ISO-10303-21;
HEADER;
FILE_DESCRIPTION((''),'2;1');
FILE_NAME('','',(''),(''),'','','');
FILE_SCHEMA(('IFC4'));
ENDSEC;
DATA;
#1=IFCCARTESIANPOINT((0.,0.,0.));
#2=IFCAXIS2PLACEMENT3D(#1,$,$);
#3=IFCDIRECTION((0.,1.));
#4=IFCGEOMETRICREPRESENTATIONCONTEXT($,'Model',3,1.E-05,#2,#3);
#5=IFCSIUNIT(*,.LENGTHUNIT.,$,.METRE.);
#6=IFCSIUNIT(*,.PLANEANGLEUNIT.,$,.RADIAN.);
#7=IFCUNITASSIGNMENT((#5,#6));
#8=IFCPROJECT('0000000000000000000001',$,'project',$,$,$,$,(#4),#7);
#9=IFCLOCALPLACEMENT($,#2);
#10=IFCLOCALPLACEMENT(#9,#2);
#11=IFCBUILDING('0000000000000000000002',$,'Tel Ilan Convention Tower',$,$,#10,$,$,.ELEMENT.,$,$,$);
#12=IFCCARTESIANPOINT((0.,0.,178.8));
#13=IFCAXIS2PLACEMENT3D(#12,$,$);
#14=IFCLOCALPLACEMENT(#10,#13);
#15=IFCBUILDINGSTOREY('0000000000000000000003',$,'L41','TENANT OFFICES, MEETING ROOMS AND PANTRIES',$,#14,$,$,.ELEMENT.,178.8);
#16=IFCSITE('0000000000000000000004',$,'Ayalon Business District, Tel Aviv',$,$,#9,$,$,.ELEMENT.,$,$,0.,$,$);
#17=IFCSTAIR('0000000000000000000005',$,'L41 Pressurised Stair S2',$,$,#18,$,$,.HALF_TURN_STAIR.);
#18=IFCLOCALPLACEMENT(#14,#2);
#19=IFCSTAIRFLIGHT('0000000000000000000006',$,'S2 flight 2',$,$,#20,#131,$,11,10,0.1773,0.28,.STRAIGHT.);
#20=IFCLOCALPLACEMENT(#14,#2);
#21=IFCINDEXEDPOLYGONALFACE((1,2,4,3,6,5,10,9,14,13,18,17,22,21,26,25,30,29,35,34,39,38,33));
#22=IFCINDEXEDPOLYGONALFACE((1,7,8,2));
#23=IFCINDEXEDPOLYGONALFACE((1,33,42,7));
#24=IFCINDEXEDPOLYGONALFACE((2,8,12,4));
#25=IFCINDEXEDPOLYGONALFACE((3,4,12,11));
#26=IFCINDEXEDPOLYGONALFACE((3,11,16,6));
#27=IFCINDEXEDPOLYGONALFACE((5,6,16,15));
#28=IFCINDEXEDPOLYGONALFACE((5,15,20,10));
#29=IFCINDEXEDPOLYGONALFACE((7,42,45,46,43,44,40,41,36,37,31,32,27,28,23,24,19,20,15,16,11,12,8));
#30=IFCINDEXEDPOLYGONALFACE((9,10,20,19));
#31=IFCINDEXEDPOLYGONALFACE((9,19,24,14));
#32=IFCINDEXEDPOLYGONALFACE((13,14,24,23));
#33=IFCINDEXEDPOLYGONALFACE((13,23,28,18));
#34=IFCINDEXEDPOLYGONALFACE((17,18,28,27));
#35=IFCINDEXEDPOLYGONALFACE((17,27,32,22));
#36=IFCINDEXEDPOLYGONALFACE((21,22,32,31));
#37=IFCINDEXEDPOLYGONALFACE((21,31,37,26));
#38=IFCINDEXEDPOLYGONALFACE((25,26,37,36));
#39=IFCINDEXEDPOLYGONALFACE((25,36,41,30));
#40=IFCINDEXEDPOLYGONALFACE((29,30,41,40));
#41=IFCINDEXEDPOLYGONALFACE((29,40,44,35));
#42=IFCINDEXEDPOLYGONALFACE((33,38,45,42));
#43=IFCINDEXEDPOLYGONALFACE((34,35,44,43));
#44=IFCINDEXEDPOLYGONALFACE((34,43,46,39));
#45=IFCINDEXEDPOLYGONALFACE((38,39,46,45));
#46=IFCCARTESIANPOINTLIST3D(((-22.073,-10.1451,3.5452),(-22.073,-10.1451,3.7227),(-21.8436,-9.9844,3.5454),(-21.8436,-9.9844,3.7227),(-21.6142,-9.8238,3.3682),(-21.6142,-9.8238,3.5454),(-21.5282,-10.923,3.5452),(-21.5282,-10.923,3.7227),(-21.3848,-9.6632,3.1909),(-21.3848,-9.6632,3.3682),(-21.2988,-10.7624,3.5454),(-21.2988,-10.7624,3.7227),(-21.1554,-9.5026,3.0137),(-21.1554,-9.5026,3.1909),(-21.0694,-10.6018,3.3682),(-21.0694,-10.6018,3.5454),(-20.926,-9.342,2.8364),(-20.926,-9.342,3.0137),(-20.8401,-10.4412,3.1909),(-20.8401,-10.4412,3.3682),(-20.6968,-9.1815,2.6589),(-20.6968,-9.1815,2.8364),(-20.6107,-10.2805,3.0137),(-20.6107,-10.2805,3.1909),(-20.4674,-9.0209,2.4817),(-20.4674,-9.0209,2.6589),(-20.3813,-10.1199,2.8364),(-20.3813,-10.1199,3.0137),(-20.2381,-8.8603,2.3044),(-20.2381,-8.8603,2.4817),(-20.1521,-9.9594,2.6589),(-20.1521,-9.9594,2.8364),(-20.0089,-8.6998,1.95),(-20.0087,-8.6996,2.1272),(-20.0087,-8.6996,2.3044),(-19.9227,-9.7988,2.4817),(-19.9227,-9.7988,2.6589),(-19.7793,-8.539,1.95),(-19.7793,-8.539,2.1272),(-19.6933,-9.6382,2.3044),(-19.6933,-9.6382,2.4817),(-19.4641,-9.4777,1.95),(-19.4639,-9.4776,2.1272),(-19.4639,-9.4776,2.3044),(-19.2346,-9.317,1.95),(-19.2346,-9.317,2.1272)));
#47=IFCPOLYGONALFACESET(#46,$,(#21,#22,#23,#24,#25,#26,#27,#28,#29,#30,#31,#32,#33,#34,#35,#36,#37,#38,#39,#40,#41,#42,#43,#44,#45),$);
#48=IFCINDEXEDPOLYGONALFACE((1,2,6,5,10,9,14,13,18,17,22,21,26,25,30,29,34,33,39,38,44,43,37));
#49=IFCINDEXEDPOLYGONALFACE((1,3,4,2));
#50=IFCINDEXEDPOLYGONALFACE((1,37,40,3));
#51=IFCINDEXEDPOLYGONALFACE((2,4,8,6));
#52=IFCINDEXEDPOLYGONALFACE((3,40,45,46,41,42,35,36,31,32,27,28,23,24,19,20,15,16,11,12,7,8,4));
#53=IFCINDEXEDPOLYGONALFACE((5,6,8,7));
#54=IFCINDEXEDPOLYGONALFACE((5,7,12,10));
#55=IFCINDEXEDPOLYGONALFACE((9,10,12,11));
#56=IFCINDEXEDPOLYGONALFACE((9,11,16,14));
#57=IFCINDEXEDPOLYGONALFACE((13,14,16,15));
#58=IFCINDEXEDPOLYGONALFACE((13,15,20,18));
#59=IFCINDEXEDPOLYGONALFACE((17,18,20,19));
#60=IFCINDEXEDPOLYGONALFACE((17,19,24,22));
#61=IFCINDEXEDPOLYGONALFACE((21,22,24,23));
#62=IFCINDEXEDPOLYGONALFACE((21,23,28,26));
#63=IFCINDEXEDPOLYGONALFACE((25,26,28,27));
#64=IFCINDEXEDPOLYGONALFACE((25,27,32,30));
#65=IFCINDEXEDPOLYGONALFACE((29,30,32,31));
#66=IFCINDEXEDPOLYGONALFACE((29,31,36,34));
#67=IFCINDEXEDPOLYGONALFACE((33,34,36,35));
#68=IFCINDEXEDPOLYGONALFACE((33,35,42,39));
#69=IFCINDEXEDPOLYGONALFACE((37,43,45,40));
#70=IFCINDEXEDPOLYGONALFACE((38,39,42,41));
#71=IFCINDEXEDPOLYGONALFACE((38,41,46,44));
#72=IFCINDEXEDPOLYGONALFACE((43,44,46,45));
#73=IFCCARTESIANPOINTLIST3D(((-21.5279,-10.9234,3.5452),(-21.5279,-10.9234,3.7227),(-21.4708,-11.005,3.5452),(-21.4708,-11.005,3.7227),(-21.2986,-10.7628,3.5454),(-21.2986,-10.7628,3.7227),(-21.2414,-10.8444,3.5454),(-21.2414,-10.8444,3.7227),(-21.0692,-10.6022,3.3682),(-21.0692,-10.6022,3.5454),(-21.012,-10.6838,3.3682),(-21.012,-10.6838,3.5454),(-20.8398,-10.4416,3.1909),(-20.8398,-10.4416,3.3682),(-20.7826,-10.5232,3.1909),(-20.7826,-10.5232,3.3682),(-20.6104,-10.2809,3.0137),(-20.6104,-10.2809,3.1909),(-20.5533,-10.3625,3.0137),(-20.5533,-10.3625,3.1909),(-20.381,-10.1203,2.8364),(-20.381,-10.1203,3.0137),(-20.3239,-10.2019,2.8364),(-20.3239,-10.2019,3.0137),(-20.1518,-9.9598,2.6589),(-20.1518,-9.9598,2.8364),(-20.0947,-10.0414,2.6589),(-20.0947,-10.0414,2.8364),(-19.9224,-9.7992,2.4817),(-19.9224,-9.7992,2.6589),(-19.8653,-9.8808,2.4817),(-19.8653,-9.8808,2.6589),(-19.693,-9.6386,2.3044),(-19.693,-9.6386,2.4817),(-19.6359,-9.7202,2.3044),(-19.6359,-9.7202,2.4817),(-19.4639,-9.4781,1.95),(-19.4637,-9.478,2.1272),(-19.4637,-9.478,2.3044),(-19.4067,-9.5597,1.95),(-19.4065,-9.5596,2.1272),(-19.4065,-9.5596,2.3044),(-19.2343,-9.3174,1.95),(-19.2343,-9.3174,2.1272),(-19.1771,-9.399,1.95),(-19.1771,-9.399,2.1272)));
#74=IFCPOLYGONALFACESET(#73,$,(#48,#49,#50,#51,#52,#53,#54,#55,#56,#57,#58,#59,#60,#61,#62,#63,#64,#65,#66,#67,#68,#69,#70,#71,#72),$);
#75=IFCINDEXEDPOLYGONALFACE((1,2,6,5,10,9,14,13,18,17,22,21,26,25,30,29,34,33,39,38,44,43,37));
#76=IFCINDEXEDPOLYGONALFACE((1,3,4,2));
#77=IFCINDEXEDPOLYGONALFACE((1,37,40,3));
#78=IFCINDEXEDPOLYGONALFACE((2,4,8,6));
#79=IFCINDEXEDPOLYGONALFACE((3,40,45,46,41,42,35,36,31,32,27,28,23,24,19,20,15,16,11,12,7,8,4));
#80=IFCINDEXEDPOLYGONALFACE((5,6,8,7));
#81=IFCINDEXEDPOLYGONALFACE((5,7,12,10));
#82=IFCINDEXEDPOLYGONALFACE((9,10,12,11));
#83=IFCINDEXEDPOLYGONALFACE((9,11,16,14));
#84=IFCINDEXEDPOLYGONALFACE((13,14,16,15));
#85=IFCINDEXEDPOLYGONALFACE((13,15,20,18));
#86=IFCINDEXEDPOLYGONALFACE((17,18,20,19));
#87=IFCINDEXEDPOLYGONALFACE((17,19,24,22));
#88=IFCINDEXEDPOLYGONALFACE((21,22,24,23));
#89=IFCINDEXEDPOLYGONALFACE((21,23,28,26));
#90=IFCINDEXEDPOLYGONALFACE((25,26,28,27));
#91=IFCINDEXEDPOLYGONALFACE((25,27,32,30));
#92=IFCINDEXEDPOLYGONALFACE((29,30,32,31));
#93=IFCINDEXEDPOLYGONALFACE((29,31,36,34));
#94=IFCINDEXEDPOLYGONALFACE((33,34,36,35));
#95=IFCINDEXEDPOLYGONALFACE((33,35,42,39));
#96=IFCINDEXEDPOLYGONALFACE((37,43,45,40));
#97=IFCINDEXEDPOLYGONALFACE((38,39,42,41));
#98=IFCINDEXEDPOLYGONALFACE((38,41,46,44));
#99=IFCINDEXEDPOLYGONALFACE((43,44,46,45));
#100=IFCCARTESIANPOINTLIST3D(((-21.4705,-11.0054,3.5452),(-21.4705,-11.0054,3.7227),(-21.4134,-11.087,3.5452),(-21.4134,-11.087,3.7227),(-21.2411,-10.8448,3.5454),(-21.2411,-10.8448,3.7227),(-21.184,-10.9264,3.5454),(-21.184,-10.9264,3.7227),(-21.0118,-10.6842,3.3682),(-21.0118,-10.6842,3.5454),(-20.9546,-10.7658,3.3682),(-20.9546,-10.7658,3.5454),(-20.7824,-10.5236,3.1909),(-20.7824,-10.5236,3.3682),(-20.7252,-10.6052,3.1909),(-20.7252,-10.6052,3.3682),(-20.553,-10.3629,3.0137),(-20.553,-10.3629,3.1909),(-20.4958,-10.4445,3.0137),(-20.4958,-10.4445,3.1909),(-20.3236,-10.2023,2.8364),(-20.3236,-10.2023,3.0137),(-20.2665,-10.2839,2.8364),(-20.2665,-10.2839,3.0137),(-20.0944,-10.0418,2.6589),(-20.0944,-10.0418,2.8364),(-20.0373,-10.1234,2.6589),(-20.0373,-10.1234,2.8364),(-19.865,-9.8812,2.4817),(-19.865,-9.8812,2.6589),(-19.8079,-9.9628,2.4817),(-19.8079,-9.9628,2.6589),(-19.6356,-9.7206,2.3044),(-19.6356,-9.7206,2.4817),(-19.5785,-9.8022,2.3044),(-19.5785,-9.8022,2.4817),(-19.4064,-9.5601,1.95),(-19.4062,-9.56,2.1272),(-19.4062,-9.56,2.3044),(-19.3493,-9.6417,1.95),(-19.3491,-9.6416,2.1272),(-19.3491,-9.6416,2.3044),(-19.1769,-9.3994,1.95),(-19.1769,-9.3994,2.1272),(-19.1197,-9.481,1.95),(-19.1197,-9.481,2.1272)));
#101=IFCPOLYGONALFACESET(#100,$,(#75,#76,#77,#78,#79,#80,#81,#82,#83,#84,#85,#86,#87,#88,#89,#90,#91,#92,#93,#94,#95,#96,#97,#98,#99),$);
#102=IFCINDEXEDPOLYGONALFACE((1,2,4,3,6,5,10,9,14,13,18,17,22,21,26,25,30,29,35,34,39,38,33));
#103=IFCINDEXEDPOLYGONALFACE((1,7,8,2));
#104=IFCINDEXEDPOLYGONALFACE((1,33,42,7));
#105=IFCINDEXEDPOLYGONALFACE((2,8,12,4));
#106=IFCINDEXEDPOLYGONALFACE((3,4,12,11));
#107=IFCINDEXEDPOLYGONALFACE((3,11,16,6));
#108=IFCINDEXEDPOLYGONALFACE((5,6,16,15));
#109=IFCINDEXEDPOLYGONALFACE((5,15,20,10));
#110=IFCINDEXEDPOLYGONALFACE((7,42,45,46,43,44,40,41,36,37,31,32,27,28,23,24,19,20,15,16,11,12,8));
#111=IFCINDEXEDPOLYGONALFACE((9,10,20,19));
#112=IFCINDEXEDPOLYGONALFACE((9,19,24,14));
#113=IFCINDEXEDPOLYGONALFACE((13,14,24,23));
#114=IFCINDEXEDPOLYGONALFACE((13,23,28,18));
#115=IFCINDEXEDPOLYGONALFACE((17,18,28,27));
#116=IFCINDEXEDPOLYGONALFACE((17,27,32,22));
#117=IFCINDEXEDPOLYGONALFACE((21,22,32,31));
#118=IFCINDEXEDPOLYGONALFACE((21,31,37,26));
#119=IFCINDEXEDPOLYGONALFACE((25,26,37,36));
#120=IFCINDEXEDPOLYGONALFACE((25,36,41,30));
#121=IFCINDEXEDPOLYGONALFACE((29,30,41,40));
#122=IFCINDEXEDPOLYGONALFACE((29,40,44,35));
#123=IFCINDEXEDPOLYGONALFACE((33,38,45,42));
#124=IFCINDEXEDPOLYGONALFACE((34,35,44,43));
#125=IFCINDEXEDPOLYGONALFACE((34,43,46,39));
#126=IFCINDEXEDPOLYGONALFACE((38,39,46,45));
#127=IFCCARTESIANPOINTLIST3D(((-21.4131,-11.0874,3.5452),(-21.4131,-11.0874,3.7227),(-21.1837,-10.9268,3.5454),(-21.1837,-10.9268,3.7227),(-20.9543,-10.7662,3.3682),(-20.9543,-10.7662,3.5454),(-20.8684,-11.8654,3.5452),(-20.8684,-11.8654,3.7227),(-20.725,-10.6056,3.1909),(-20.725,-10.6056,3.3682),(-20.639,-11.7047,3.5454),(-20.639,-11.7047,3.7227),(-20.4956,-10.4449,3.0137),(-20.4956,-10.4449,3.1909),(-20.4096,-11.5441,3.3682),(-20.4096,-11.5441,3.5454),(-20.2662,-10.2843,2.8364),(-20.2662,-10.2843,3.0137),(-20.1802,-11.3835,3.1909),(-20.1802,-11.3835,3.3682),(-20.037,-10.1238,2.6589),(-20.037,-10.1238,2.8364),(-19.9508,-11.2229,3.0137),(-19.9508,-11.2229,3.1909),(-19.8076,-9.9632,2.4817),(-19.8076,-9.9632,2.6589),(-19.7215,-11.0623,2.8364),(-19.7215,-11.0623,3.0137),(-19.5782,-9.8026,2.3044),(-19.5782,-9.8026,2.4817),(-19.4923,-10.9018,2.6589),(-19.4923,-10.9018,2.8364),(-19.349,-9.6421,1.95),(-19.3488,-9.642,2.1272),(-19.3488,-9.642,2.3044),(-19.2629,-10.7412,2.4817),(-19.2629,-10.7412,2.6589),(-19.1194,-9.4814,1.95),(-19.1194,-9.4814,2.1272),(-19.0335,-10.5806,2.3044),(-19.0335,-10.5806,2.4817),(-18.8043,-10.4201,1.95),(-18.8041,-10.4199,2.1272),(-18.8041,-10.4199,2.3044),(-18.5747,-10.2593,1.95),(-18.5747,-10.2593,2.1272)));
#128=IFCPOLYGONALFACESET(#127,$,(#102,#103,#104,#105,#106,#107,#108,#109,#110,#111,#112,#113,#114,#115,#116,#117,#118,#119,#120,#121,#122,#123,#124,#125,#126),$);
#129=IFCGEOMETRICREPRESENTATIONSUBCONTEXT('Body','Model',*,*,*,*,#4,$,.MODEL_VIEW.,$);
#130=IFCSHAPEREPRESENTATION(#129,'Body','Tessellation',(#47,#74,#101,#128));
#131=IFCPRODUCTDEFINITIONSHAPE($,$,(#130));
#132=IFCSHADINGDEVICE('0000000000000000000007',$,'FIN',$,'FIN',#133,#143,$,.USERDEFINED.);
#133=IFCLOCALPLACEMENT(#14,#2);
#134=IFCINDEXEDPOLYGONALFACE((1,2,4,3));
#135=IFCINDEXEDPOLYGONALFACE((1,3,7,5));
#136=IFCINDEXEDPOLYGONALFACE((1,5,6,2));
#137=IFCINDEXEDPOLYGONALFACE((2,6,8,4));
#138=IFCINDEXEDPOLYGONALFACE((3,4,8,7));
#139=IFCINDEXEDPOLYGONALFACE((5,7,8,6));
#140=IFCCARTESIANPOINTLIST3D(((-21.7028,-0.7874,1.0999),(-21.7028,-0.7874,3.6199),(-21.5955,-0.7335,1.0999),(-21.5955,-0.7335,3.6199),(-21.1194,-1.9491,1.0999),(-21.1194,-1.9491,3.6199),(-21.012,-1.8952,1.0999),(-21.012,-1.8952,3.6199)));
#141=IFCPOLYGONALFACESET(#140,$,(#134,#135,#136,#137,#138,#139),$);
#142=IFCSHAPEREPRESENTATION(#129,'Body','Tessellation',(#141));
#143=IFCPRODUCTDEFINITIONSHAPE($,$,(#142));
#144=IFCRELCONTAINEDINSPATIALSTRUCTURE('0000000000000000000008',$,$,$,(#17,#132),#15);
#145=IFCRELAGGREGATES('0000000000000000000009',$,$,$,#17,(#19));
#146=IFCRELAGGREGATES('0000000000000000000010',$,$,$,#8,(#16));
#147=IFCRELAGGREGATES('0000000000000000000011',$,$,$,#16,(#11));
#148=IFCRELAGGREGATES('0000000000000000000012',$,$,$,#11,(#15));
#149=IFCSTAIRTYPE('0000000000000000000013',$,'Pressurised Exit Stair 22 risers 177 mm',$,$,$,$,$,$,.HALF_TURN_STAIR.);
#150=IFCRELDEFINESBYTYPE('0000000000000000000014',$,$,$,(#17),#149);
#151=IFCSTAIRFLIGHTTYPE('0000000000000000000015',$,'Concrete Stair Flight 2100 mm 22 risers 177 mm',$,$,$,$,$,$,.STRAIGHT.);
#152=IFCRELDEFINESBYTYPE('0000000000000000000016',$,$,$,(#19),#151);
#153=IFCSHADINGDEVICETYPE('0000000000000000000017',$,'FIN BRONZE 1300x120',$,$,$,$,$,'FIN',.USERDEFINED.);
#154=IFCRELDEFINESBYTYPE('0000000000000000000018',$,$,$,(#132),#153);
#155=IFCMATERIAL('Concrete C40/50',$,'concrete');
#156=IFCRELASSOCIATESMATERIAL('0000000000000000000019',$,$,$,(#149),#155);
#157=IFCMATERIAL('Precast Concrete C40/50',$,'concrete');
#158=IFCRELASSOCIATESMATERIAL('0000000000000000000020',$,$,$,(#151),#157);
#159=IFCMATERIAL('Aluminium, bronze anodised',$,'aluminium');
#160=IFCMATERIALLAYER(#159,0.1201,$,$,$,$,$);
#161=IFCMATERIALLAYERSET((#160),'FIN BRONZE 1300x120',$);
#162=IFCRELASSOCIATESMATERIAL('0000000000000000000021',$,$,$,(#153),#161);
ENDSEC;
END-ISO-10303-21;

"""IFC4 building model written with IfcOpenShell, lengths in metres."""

from ifc_helpers import new_model, si_unit, direction, frame, origin, origin_2d, place, context, subcontext, project, spatial, polyline, rectangle, outline, extrude, material, layer, layer_set, type_object, element, aggregate, save


model = new_model("IFC4")

# Units and contexts
model_context = context("Model", 3, precision=1e-05, world=origin(), true_north=direction((0.0, 1.0)))
body_context = subcontext(model_context, "Body", "Model", "MODEL_VIEW")
ifc_project = project(units=[si_unit("LENGTHUNIT", "METRE"), si_unit("PLANEANGLEUNIT", "RADIAN")], contexts=[model_context])

# Site, building, storey
site_placement = place(None, origin())
site = spatial("IfcSite", under=ifc_project, at=site_placement, Name="Ayalon Business District, Tel Aviv", CompositionType="ELEMENT", RefElevation=0.0)
building_placement = place(site_placement, origin())
building = spatial("IfcBuilding", under=site, at=building_placement, Name="Tel Ilan Convention Tower", CompositionType="ELEMENT")
storey_placement = place(building_placement, frame((0.0, 0.0, 178.8)))
storey = spatial("IfcBuildingStorey", under=building, at=storey_placement, Name="L41", Description="TENANT OFFICES, MEETING ROOMS AND PANTRIES", CompositionType="ELEMENT", Elevation=178.8)

# Stair, stair flight
ifc_material_1 = material(Name="Concrete C40/50", Category="concrete")
stair_type = type_object("IfcStairType", Name="Pressurised Exit Stair 22 risers 177 mm", PredefinedType="HALF_TURN_STAIR", material=ifc_material_1)
ifc_material_2 = material(Name="Precast Concrete C40/50", Category="concrete")
stair_flight_type = type_object("IfcStairFlightType", Name="Concrete Stair Flight 2100 mm 22 risers 177 mm", PredefinedType="STRAIGHT", material=ifc_material_2)
stair_1_placement = place(storey_placement, origin())
stair_1 = element("IfcStair", 1, at=stair_1_placement, inside=storey, type_object=stair_type, Name="L41 Pressurised Stair S2", PredefinedType="HALF_TURN_STAIR")
stair_flight_1_placement = place(storey_placement, frame((-19.177, -9.3992, 1.95), z_axis=(0.0, 0.0, 1.0), x_axis=(-0.819152, -0.573576, 0.0)))
stair_flight_1 = element("IfcStairFlight", 2, at=stair_flight_1_placement, type_object=stair_flight_type, Name="S2 flight 2", NumberOfRisers=11, NumberOfTreads=10, PredefinedType="STRAIGHT", RiserHeight=0.1773, TreadLength=0.28, context=body_context, shape_type="SweptSolid", body=[
    extrude(outline(polyline([(0.0, 0.0), (0.0, 0.1772), (0.28, 0.1772), (0.28, 0.3545), (0.5601, 0.3545), (0.5601, 0.5317), (0.8401, 0.5317), (0.8401, 0.709), (1.1201, 0.709), (1.1201, 0.8865), (1.3999, 0.8865), (1.3999, 1.0637), (1.6799, 1.0637), (1.6799, 1.241), (1.96, 1.241), (1.96, 1.4182), (2.24, 1.4182), (2.24, 1.5955), (2.52, 1.5955), (2.52, 1.7727), (2.8, 1.7727), (2.8, 1.95), (2.8, 1.5952), (0.2803, 0.0), (0.0, 0.0)])), frame((0.0, -0.1003, 0.0), z_axis=(0.0, -1.0, 0.0), x_axis=(1.0, 0.0, 0.0)), (0.0, 0.0, 1.0), 0.9497),
    extrude(outline(polyline([(0.0, 0.0), (0.0, 0.1772), (0.28, 0.1772), (0.28, 0.3545), (0.5601, 0.3545), (0.5601, 0.5317), (0.8401, 0.5317), (0.8401, 0.709), (1.1201, 0.709), (1.1201, 0.8865), (1.3999, 0.8865), (1.3999, 1.0637), (1.6799, 1.0637), (1.6799, 1.241), (1.96, 1.241), (1.96, 1.4182), (2.24, 1.4182), (2.24, 1.5955), (2.52, 1.5955), (2.52, 1.7727), (2.8, 1.7727), (2.8, 1.95), (2.8, 1.5952), (0.2803, 0.0), (0.0, 0.0)])), frame((0.0, -0.0002, 0.0), z_axis=(0.0, -1.0, 0.0), x_axis=(1.0, 0.0, 0.0)), (0.0, 0.0, 1.0), 0.0996),
    extrude(outline(polyline([(0.0, 0.0), (0.0, 0.1772), (0.28, 0.1772), (0.28, 0.3545), (0.5601, 0.3545), (0.5601, 0.5317), (0.8401, 0.5317), (0.8401, 0.709), (1.1201, 0.709), (1.1201, 0.8865), (1.3999, 0.8865), (1.3999, 1.0637), (1.6799, 1.0637), (1.6799, 1.241), (1.96, 1.241), (1.96, 1.4182), (2.24, 1.4182), (2.24, 1.5955), (2.52, 1.5955), (2.52, 1.7727), (2.8, 1.7727), (2.8, 1.95), (2.8, 1.5952), (0.2803, 0.0), (0.0, 0.0)])), frame((0.0, 0.0999, 0.0), z_axis=(0.0, -1.0, 0.0), x_axis=(1.0, 0.0, 0.0)), (0.0, 0.0, 1.0), 0.0996),
    extrude(outline(polyline([(0.0, 0.0), (0.0, 0.1772), (0.28, 0.1772), (0.28, 0.3545), (0.5601, 0.3545), (0.5601, 0.5317), (0.8401, 0.5317), (0.8401, 0.709), (1.1201, 0.709), (1.1201, 0.8865), (1.3999, 0.8865), (1.3999, 1.0637), (1.6799, 1.0637), (1.6799, 1.241), (1.96, 1.241), (1.96, 1.4182), (2.24, 1.4182), (2.24, 1.5955), (2.52, 1.5955), (2.52, 1.7727), (2.8, 1.7727), (2.8, 1.95), (2.8, 1.5952), (0.2803, 0.0), (0.0, 0.0)])), frame((0.0, 1.05, 0.0), z_axis=(0.0, -1.0, 0.0), x_axis=(1.0, 0.0, 0.0)), (0.0, 0.0, 1.0), 0.9497),
])
aggregate(stair_1, [stair_flight_1])

# Shading device
ifc_material_3 = material(Name="Aluminium, bronze anodised", Category="aluminium")
ifc_layer_1 = layer(ifc_material_3, 0.1201)
ifc_layer_set_1 = layer_set([ifc_layer_1], Name="FIN BRONZE 1300x120")
shading_device_type = type_object("IfcShadingDeviceType", Name="FIN BRONZE 1300x120", ElementType="FIN", PredefinedType="USERDEFINED", material=ifc_layer_set_1)
shading_device_placement = place(storey_placement, frame((-21.3574, -1.3413, 1.0999), z_axis=(0.0, 0.0, 1.0), x_axis=(-0.448799, 0.893633, 0.0)))
element("IfcShadingDevice", 3, at=shading_device_placement, inside=storey, type_object=shading_device_type, Name="FIN", ObjectType="FIN", PredefinedType="USERDEFINED", context=body_context, shape_type="SweptSolid", body=[
    extrude(rectangle(XDim=1.3, YDim=0.1201, at=origin_2d()), origin(), (0.0, 0.0, 1.0), 2.52),
])

save(model, "model.ifc")
